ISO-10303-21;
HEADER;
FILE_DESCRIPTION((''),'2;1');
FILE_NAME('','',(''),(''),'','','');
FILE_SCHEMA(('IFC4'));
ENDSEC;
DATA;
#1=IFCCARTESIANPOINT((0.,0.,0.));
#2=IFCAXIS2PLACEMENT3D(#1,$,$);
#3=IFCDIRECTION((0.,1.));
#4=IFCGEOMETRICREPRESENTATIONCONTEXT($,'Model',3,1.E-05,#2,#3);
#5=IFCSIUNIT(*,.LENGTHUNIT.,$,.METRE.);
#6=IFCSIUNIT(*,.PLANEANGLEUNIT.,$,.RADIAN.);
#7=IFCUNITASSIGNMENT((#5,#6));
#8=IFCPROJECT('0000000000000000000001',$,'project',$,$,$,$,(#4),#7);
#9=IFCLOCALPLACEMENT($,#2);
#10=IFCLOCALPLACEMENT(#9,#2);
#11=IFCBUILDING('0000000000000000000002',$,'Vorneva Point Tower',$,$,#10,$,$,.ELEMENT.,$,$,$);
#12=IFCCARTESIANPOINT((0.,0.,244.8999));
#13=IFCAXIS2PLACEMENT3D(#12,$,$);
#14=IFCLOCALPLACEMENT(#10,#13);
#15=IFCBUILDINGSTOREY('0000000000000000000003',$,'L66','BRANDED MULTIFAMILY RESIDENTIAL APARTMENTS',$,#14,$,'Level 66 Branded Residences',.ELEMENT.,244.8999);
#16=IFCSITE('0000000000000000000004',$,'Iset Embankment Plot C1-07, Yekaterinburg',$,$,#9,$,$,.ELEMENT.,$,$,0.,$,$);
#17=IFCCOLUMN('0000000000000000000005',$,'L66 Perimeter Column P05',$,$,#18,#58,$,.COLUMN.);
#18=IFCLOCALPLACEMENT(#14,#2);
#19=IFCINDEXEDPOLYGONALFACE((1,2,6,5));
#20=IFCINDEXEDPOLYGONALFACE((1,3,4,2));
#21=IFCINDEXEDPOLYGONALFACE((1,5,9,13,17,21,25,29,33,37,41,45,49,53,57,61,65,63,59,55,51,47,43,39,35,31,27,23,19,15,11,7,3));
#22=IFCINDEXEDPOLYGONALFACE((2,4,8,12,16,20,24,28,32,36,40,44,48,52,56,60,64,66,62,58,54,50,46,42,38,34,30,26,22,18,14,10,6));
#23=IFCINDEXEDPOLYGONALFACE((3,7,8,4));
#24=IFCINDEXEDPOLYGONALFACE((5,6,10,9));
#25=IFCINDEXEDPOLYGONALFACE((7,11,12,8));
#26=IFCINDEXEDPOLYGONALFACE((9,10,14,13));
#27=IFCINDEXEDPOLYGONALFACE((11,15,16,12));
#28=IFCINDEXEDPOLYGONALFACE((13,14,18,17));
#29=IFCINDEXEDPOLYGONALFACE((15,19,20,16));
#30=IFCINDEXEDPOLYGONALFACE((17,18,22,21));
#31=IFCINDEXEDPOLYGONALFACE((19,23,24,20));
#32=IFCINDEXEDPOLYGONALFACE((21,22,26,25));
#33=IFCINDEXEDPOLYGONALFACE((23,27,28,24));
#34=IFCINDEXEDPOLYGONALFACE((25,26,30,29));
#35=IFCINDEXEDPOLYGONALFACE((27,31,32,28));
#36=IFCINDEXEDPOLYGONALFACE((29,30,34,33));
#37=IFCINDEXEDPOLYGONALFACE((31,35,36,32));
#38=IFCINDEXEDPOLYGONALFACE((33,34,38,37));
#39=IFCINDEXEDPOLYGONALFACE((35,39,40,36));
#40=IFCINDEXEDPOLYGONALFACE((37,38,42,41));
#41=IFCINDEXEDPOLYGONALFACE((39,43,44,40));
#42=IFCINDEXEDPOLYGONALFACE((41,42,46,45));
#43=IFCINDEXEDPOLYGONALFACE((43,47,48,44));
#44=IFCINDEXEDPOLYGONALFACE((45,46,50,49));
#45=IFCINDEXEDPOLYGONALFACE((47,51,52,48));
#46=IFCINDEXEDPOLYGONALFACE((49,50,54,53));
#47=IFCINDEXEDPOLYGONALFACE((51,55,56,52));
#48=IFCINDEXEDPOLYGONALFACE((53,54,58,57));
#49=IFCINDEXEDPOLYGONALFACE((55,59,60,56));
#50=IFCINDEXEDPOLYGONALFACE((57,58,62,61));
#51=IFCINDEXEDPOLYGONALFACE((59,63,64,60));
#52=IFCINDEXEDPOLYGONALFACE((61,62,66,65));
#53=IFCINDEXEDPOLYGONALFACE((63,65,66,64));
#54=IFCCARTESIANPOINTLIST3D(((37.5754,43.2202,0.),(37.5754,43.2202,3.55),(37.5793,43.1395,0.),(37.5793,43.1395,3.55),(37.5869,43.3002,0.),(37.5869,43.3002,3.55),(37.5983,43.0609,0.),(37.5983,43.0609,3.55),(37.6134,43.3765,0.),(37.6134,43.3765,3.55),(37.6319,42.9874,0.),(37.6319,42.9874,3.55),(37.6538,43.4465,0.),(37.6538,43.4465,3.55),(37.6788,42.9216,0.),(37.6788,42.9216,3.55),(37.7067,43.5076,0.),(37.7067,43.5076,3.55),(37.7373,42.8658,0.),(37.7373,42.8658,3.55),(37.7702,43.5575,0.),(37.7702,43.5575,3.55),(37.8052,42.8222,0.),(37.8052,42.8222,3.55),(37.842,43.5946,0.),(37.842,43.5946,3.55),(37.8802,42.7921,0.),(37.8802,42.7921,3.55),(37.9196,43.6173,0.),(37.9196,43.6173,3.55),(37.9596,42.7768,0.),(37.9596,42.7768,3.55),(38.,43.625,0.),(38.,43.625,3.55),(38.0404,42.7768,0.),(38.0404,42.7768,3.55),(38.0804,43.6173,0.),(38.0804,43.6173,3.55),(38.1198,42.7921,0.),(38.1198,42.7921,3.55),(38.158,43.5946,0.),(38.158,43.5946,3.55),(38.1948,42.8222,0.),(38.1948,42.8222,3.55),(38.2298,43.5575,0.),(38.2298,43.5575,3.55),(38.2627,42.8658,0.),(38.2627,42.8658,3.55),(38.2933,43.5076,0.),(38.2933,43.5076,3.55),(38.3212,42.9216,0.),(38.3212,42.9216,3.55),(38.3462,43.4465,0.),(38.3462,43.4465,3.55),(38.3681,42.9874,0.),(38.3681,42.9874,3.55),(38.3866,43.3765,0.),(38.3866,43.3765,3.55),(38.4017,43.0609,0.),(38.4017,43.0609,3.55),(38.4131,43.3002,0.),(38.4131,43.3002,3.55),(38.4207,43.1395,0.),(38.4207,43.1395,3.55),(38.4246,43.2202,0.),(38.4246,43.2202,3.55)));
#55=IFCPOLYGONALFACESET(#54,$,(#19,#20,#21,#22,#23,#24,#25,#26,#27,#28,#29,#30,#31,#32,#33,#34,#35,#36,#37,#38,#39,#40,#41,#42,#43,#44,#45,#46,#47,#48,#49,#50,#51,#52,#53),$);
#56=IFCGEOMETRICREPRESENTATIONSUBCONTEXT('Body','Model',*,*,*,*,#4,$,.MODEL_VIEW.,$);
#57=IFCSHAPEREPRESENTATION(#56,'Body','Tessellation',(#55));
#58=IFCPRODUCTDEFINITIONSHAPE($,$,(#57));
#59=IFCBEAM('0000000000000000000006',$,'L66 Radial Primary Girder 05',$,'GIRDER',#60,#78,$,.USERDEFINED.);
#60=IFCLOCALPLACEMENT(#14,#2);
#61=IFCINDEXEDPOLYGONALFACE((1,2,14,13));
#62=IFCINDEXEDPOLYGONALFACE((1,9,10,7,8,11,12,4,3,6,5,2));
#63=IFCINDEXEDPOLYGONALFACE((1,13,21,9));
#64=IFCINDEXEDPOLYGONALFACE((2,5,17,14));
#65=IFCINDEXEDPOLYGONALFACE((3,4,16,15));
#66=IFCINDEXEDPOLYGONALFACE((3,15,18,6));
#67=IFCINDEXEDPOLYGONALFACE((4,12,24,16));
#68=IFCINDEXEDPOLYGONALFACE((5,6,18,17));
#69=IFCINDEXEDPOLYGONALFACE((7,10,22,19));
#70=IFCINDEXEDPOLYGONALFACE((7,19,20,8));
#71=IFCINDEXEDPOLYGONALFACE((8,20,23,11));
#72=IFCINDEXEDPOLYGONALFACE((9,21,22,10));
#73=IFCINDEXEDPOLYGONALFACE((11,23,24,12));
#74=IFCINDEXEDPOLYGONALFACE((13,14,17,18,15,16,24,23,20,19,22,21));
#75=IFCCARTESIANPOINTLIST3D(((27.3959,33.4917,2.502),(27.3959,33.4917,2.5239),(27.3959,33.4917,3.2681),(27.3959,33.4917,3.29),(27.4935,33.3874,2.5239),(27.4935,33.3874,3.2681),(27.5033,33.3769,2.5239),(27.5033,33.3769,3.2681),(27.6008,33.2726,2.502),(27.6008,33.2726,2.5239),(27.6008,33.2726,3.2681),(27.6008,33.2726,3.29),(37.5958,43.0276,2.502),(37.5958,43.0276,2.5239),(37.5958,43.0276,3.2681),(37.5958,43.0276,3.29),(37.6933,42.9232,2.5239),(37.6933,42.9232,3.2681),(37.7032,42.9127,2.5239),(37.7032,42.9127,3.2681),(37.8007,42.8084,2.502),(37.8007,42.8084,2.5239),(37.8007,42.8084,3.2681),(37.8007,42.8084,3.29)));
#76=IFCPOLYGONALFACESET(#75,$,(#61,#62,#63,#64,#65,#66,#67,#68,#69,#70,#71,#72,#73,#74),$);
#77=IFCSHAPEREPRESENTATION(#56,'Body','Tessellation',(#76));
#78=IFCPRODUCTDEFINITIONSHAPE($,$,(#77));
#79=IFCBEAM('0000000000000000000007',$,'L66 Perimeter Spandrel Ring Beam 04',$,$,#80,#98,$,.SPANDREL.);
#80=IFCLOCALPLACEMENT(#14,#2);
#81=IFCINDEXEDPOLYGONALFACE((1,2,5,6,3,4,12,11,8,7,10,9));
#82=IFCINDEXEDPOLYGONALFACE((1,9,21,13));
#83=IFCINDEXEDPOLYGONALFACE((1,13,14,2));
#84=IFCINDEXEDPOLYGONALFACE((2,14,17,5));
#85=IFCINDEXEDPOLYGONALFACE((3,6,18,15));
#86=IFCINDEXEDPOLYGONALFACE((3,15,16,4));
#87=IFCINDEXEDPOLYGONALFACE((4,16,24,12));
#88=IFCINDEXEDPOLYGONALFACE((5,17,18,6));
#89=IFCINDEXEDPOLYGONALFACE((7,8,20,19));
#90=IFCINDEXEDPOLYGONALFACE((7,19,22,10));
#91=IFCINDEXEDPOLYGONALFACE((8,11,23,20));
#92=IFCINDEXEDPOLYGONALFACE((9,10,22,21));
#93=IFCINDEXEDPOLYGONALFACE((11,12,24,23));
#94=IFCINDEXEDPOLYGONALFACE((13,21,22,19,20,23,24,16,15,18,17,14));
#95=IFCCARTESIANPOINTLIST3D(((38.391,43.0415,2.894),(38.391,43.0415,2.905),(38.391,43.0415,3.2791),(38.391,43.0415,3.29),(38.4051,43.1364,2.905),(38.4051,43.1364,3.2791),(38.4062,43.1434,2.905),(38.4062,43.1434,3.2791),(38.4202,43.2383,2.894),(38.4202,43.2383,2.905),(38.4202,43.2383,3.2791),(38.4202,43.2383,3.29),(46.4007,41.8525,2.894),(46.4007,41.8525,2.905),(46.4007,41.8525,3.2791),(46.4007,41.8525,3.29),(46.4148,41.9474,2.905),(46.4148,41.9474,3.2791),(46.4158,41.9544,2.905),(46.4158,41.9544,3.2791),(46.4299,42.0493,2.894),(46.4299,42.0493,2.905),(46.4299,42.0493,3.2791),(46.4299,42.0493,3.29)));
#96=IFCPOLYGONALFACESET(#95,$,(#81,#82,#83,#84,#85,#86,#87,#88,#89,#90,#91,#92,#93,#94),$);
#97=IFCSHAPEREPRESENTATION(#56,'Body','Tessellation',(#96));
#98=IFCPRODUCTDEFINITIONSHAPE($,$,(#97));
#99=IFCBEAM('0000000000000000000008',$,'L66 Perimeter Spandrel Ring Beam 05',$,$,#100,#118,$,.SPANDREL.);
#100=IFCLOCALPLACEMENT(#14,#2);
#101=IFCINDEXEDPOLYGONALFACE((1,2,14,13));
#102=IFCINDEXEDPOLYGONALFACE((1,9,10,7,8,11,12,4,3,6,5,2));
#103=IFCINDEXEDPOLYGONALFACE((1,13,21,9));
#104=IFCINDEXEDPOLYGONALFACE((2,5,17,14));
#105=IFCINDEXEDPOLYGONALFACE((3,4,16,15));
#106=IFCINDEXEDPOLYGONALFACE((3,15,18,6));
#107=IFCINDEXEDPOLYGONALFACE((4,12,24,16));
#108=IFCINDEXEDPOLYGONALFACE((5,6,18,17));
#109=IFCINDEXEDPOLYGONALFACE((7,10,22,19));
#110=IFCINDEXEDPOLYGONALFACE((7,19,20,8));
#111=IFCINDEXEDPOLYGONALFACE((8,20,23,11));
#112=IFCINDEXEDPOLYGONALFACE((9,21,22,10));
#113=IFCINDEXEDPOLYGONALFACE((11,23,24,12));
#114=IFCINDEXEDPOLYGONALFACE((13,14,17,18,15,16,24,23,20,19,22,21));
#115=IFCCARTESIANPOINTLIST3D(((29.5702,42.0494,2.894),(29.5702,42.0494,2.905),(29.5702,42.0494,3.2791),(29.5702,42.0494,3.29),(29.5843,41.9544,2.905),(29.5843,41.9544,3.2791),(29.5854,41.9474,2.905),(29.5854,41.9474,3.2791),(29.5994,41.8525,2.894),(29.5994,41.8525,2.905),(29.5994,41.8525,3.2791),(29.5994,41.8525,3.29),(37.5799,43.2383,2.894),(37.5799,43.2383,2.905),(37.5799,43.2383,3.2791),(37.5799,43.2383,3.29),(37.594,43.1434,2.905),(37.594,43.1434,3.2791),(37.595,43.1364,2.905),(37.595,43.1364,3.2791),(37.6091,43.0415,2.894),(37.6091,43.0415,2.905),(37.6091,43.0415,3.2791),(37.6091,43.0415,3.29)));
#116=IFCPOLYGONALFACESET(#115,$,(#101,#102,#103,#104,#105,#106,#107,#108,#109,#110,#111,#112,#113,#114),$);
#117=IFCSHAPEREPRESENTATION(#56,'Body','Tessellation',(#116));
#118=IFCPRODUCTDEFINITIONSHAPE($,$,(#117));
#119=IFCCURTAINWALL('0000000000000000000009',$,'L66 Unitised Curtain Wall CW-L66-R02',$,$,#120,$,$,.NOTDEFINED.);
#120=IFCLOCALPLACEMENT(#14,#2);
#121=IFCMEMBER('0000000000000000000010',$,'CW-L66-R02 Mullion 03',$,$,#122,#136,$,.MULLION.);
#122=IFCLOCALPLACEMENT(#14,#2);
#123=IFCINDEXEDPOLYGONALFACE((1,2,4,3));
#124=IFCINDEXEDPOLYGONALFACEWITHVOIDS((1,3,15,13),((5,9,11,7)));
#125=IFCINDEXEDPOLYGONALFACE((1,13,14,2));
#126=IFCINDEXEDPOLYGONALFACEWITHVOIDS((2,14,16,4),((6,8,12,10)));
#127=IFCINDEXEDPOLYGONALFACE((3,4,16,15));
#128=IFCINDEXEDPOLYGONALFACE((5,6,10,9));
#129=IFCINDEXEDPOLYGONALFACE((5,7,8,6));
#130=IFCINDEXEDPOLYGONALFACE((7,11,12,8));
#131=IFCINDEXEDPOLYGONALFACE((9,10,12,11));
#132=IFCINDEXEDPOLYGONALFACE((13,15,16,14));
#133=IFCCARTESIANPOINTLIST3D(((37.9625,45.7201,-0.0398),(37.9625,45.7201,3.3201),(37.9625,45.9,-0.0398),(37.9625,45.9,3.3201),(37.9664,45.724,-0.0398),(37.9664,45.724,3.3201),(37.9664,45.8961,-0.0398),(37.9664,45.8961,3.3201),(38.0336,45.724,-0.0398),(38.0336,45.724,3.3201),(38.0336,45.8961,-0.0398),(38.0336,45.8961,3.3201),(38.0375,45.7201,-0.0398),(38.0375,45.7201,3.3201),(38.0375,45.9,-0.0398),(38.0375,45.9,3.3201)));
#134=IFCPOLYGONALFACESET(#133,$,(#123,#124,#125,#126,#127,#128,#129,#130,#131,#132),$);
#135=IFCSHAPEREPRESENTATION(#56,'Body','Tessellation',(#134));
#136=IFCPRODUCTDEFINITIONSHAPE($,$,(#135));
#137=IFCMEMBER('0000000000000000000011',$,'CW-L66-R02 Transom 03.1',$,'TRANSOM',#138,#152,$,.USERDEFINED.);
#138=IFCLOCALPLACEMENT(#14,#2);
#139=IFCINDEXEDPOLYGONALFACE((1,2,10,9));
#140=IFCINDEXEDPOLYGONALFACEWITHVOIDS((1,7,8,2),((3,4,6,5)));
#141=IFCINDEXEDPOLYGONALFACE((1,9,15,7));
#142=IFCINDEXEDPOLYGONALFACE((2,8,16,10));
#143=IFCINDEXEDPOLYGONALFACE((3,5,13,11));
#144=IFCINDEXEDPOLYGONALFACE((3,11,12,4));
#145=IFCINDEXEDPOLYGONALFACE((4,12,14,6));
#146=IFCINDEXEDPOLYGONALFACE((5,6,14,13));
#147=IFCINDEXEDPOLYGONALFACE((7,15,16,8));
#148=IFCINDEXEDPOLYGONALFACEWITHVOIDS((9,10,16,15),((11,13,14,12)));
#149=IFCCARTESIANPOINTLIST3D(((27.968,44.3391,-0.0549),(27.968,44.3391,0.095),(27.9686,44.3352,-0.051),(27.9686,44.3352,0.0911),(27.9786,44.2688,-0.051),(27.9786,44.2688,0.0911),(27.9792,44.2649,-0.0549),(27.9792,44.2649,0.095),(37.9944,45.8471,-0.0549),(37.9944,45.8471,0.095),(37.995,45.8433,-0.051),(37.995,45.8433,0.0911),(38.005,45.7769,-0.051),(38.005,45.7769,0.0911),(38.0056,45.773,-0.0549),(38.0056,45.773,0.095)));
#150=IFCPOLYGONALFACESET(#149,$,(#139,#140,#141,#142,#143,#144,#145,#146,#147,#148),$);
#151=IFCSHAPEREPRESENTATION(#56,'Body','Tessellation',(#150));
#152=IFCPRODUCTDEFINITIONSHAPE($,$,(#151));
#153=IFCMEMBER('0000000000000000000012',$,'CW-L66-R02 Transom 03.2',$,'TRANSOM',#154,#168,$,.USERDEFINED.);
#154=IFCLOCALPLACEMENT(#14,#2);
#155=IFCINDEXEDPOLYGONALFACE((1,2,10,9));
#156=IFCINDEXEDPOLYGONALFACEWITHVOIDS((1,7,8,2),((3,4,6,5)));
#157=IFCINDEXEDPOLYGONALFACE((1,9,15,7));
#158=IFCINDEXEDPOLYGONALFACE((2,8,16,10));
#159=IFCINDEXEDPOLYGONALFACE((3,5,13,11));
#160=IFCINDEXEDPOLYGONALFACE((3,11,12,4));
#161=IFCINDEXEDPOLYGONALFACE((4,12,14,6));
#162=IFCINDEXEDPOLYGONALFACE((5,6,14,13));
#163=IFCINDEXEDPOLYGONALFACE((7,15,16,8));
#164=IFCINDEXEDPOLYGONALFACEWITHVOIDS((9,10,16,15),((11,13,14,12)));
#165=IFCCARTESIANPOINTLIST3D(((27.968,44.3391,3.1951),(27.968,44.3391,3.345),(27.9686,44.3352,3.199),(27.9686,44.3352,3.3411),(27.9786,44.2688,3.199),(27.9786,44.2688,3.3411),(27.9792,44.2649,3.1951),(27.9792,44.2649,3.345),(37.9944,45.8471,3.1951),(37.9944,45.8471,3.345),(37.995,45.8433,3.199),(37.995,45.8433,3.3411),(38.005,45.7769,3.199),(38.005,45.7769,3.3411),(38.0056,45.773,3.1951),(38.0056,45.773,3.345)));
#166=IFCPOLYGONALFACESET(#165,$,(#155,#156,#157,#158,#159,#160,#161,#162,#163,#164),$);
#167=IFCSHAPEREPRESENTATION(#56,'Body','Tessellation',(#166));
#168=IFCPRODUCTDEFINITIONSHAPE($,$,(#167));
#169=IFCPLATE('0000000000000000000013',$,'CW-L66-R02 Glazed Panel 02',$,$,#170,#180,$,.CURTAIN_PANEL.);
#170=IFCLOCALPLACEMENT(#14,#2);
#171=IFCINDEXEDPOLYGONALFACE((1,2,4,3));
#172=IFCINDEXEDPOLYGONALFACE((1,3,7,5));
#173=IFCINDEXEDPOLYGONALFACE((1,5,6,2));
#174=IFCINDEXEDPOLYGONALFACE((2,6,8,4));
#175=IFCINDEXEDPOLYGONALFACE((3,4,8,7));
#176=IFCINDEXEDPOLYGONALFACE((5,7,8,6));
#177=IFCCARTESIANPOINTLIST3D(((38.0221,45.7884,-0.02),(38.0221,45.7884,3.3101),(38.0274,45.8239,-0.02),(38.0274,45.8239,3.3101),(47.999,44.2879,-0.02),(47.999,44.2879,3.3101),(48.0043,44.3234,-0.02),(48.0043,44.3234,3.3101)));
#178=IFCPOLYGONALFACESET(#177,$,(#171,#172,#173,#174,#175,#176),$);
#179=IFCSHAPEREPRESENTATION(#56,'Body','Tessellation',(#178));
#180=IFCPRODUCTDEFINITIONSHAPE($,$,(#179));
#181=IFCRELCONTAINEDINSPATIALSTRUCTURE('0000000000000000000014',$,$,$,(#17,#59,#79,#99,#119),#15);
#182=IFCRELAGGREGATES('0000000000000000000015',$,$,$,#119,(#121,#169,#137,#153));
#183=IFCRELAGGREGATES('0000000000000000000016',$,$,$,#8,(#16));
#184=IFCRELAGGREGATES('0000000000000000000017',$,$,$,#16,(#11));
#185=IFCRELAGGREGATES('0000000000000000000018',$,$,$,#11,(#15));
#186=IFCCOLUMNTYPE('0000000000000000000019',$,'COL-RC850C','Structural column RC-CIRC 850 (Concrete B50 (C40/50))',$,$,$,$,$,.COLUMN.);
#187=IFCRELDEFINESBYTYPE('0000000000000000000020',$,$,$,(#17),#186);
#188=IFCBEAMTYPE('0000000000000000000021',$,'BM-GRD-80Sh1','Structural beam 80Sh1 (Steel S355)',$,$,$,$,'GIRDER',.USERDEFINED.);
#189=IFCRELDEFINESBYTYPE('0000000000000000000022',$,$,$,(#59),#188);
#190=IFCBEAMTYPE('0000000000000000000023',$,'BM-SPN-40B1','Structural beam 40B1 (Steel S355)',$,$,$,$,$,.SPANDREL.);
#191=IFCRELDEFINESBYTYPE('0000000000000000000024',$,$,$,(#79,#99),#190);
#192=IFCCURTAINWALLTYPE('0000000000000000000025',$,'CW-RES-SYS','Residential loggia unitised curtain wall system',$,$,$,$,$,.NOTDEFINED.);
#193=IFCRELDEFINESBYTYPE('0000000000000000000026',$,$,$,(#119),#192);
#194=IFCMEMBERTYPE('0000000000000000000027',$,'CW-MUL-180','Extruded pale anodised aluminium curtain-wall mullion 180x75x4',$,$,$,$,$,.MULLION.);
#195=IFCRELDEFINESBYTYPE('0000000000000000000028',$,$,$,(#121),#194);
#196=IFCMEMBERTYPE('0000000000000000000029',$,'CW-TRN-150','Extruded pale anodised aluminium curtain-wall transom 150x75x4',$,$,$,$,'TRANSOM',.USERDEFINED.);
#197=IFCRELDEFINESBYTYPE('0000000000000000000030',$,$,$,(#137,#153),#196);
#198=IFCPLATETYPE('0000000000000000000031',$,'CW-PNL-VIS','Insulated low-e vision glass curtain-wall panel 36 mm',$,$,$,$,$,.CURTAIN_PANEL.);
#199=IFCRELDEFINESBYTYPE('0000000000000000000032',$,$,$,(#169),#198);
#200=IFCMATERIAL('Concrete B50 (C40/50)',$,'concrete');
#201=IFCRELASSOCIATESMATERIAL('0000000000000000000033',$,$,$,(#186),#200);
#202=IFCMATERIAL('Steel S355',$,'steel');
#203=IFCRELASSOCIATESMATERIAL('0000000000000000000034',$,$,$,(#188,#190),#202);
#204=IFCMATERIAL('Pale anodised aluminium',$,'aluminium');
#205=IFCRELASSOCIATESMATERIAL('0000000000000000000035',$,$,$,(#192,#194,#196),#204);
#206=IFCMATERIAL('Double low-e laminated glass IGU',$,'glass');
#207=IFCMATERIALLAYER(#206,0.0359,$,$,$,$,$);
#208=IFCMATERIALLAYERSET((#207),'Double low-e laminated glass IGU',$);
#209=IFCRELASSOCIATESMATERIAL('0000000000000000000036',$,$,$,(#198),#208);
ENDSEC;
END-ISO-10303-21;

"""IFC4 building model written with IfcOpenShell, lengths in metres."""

from ifc_helpers import new_model, si_unit, direction, frame, origin, origin_2d, place, context, subcontext, project, spatial, rectangle, hollow_rectangle, circle, i_section, extrude, material, layer, layer_set, material_profile, profile_set, type_object, element, aggregate, save


model = new_model("IFC4")

# Units and contexts
model_context = context("Model", 3, precision=1e-05, world=origin(), true_north=direction((0.0, 1.0)))
body_context = subcontext(model_context, "Body", "Model", "MODEL_VIEW")
ifc_project = project(units=[si_unit("LENGTHUNIT", "METRE"), si_unit("PLANEANGLEUNIT", "RADIAN")], contexts=[model_context])

# Site, building, storey
site_placement = place(None, origin())
site = spatial("IfcSite", under=ifc_project, at=site_placement, Name="Iset Embankment Plot C1-07, Yekaterinburg", CompositionType="ELEMENT", RefElevation=0.0)
building_placement = place(site_placement, origin())
building = spatial("IfcBuilding", under=site, at=building_placement, Name="Vorneva Point Tower", CompositionType="ELEMENT")
storey_placement = place(building_placement, frame((0.0, 0.0, 244.8999)))
storey = spatial("IfcBuildingStorey", under=building, at=storey_placement, Name="L66", Description="BRANDED MULTIFAMILY RESIDENTIAL APARTMENTS", LongName="Level 66 Branded Residences", CompositionType="ELEMENT", Elevation=244.8999)

# Column
ifc_material_1 = material(Name="Concrete B50 (C40/50)", Category="concrete")
ifc_material_profile_1 = material_profile(ifc_material_1, circle(Radius=0.425, at=origin_2d()), Name="RC-CIRC 850")
ifc_profile_set_1 = profile_set([ifc_material_profile_1], Name="Concrete B50 (C40/50)")
column_type = type_object("IfcColumnType", Name="COL-RC850C", Description="Structural column RC-CIRC 850 (Concrete B50 (C40/50))", PredefinedType="COLUMN", material=ifc_profile_set_1)
column_placement = place(storey_placement, frame((38.0, 43.2, 0.0), z_axis=(0.0, 0.0, 1.0), x_axis=(0.0, 1.0, 0.0)))
element("IfcColumn", 1, at=column_placement, inside=storey, type_object=column_type, Name="L66 Perimeter Column P05", PredefinedType="COLUMN", context=body_context, shape_type="SweptSolid", body=[
    extrude(circle(Radius=0.425, at=origin_2d()), origin(), (0.0, 0.0, 1.0), 3.55),
])

# Beams
ifc_material_2 = material(Name="Steel S355", Category="steel")
ifc_material_profile_2 = material_profile(ifc_material_2, i_section(OverallWidth=0.3, OverallDepth=0.7881, WebThickness=0.0144, FlangeThickness=0.022, at=origin_2d()), Name="80Sh1")
ifc_profile_set_2 = profile_set([ifc_material_profile_2], Name="Steel S355")
beam_type_1 = type_object("IfcBeamType", Name="BM-GRD-80Sh1", Description="Structural beam 80Sh1 (Steel S355)", ElementType="GIRDER", PredefinedType="USERDEFINED", material=ifc_profile_set_2)
beam_placement = place(storey_placement, frame((37.6982, 42.918, 2.896), z_axis=(-0.730486, -0.682928, 0.0), x_axis=(0.682928, -0.730486, 0.0)))
element("IfcBeam", 2, at=beam_placement, inside=storey, type_object=beam_type_1, Name="L66 Radial Primary Girder 05", ObjectType="GIRDER", PredefinedType="USERDEFINED", context=body_context, shape_type="SweptSolid", body=[
    extrude(i_section(OverallWidth=0.3, OverallDepth=0.7881, WebThickness=0.0144, FlangeThickness=0.022, at=origin_2d()), origin(), (0.0, 0.0, 1.0), 13.9631),
])
ifc_material_profile_3 = material_profile(ifc_material_2, i_section(OverallWidth=0.199, OverallDepth=0.396, WebThickness=0.0071, FlangeThickness=0.011, at=origin_2d()), Name="40B1")
ifc_profile_set_3 = profile_set([ifc_material_profile_3], Name="Steel S355")
beam_type_2 = type_object("IfcBeamType", Name="BM-SPN-40B1", Description="Structural beam 40B1 (Steel S355)", PredefinedType="SPANDREL", material=ifc_profile_set_3)
for number, where, z_axis, x_axis, name in (
    (3, (46.4153, 41.9509, 3.092), (-0.989162, 0.146831, 0.0), (-0.146831, -0.989162, 0.0), "L66 Perimeter Spandrel Ring Beam 04"),
    (4, (37.5945, 43.1399, 3.092), (-0.989162, -0.146831, 0.0), (0.146831, -0.989162, 0.0), "L66 Perimeter Spandrel Ring Beam 05"),
):
    element("IfcBeam", number, at=place(storey_placement, frame(where, z_axis=z_axis, x_axis=x_axis)), inside=storey, type_object=beam_type_2, Name=name, PredefinedType="SPANDREL", context=body_context, shape_type="SweptSolid", body=[
        extrude(i_section(OverallWidth=0.199, OverallDepth=0.396, WebThickness=0.0071, FlangeThickness=0.011, at=origin_2d()), origin(), (0.0, 0.0, 1.0), 8.0974),
    ])

# Curtain wall, members, plate
ifc_material_3 = material(Name="Pale anodised aluminium", Category="aluminium")
curtain_wall_type = type_object("IfcCurtainWallType", Name="CW-RES-SYS", Description="Residential loggia unitised curtain wall system", PredefinedType="NOTDEFINED", material=ifc_material_3)
curtain_wall_placement = place(storey_placement, origin())
curtain_wall = element("IfcCurtainWall", 5, at=curtain_wall_placement, inside=storey, type_object=curtain_wall_type, Name="L66 Unitised Curtain Wall CW-L66-R02", PredefinedType="NOTDEFINED")
ifc_material_profile_4 = material_profile(ifc_material_3, hollow_rectangle(XDim=0.075, YDim=0.1799, WallThickness=0.0039, at=origin_2d()), Name="AL-MUL 180x75x4")
ifc_profile_set_4 = profile_set([ifc_material_profile_4], Name="Pale anodised aluminium")
member_type_1 = type_object("IfcMemberType", Name="CW-MUL-180", Description="Extruded pale anodised aluminium curtain-wall mullion 180x75x4", PredefinedType="MULLION", material=ifc_profile_set_4)
member_1_placement = place(storey_placement, frame((38.0, 45.8101, -0.0398), z_axis=(0.0, 0.0, 1.0), x_axis=(1.0, 0.0, 0.0)))
member_1 = element("IfcMember", 6, at=member_1_placement, type_object=member_type_1, Name="CW-L66-R02 Mullion 03", PredefinedType="MULLION", context=body_context, shape_type="SweptSolid", body=[
    extrude(hollow_rectangle(XDim=0.075, YDim=0.1799, WallThickness=0.0039, at=origin_2d()), origin(), (0.0, 0.0, 1.0), 3.3599),
])
ifc_material_profile_5 = material_profile(ifc_material_3, hollow_rectangle(XDim=0.075, YDim=0.1499, WallThickness=0.0039, at=origin_2d()), Name="AL-TRN 150x75x4")
ifc_profile_set_5 = profile_set([ifc_material_profile_5], Name="Pale anodised aluminium")
member_type_2 = type_object("IfcMemberType", Name="CW-TRN-150", Description="Extruded pale anodised aluminium curtain-wall transom 150x75x4", ElementType="TRANSOM", PredefinedType="USERDEFINED", material=ifc_profile_set_5)
member_2_placement = place(storey_placement, frame((38.0, 45.8101, 0.02), z_axis=(-0.988877, -0.148736, 0.0), x_axis=(0.148736, -0.988877, 0.0)))
member_2 = element("IfcMember", 7, at=member_2_placement, type_object=member_type_2, Name="CW-L66-R02 Transom 03.1", ObjectType="TRANSOM", PredefinedType="USERDEFINED", context=body_context, shape_type="SweptSolid", body=[
    extrude(hollow_rectangle(XDim=0.075, YDim=0.1499, WallThickness=0.0039, at=origin_2d()), origin(), (0.0, 0.0, 1.0), 10.1392),
])
member_3_placement = place(storey_placement, frame((38.0, 45.8101, 3.27), z_axis=(-0.988877, -0.148736, 0.0), x_axis=(0.148736, -0.988877, 0.0)))
member_3 = element("IfcMember", 8, at=member_3_placement, type_object=member_type_2, Name="CW-L66-R02 Transom 03.2", ObjectType="TRANSOM", PredefinedType="USERDEFINED", context=body_context, shape_type="SweptSolid", body=[
    extrude(hollow_rectangle(XDim=0.075, YDim=0.1499, WallThickness=0.0039, at=origin_2d()), origin(), (0.0, 0.0, 1.0), 10.1392),
])
ifc_material_4 = material(Name="Double low-e laminated glass IGU", Category="glass")
ifc_layer_1 = layer(ifc_material_4, 0.0359)
ifc_layer_set_1 = layer_set([ifc_layer_1], Name="Double low-e laminated glass IGU")
plate_type = type_object("IfcPlateType", Name="CW-PNL-VIS", Description="Insulated low-e vision glass curtain-wall panel 36 mm", PredefinedType="CURTAIN_PANEL", material=ifc_layer_set_1)
plate_placement = place(storey_placement, frame((43.0132, 45.0559, -0.02), z_axis=(0.0, 0.0, 1.0), x_axis=(-0.988879, 0.148724, 0.0)))
plate = element("IfcPlate", 9, at=plate_placement, type_object=plate_type, Name="CW-L66-R02 Glazed Panel 02", PredefinedType="CURTAIN_PANEL", context=body_context, shape_type="SweptSolid", body=[
    extrude(rectangle(XDim=10.0891, YDim=0.0359, at=origin_2d()), origin(), (0.0, 0.0, 1.0), 3.3301),
])
aggregate(curtain_wall, [member_1, plate, member_2, member_3])

save(model, "model.ifc")
